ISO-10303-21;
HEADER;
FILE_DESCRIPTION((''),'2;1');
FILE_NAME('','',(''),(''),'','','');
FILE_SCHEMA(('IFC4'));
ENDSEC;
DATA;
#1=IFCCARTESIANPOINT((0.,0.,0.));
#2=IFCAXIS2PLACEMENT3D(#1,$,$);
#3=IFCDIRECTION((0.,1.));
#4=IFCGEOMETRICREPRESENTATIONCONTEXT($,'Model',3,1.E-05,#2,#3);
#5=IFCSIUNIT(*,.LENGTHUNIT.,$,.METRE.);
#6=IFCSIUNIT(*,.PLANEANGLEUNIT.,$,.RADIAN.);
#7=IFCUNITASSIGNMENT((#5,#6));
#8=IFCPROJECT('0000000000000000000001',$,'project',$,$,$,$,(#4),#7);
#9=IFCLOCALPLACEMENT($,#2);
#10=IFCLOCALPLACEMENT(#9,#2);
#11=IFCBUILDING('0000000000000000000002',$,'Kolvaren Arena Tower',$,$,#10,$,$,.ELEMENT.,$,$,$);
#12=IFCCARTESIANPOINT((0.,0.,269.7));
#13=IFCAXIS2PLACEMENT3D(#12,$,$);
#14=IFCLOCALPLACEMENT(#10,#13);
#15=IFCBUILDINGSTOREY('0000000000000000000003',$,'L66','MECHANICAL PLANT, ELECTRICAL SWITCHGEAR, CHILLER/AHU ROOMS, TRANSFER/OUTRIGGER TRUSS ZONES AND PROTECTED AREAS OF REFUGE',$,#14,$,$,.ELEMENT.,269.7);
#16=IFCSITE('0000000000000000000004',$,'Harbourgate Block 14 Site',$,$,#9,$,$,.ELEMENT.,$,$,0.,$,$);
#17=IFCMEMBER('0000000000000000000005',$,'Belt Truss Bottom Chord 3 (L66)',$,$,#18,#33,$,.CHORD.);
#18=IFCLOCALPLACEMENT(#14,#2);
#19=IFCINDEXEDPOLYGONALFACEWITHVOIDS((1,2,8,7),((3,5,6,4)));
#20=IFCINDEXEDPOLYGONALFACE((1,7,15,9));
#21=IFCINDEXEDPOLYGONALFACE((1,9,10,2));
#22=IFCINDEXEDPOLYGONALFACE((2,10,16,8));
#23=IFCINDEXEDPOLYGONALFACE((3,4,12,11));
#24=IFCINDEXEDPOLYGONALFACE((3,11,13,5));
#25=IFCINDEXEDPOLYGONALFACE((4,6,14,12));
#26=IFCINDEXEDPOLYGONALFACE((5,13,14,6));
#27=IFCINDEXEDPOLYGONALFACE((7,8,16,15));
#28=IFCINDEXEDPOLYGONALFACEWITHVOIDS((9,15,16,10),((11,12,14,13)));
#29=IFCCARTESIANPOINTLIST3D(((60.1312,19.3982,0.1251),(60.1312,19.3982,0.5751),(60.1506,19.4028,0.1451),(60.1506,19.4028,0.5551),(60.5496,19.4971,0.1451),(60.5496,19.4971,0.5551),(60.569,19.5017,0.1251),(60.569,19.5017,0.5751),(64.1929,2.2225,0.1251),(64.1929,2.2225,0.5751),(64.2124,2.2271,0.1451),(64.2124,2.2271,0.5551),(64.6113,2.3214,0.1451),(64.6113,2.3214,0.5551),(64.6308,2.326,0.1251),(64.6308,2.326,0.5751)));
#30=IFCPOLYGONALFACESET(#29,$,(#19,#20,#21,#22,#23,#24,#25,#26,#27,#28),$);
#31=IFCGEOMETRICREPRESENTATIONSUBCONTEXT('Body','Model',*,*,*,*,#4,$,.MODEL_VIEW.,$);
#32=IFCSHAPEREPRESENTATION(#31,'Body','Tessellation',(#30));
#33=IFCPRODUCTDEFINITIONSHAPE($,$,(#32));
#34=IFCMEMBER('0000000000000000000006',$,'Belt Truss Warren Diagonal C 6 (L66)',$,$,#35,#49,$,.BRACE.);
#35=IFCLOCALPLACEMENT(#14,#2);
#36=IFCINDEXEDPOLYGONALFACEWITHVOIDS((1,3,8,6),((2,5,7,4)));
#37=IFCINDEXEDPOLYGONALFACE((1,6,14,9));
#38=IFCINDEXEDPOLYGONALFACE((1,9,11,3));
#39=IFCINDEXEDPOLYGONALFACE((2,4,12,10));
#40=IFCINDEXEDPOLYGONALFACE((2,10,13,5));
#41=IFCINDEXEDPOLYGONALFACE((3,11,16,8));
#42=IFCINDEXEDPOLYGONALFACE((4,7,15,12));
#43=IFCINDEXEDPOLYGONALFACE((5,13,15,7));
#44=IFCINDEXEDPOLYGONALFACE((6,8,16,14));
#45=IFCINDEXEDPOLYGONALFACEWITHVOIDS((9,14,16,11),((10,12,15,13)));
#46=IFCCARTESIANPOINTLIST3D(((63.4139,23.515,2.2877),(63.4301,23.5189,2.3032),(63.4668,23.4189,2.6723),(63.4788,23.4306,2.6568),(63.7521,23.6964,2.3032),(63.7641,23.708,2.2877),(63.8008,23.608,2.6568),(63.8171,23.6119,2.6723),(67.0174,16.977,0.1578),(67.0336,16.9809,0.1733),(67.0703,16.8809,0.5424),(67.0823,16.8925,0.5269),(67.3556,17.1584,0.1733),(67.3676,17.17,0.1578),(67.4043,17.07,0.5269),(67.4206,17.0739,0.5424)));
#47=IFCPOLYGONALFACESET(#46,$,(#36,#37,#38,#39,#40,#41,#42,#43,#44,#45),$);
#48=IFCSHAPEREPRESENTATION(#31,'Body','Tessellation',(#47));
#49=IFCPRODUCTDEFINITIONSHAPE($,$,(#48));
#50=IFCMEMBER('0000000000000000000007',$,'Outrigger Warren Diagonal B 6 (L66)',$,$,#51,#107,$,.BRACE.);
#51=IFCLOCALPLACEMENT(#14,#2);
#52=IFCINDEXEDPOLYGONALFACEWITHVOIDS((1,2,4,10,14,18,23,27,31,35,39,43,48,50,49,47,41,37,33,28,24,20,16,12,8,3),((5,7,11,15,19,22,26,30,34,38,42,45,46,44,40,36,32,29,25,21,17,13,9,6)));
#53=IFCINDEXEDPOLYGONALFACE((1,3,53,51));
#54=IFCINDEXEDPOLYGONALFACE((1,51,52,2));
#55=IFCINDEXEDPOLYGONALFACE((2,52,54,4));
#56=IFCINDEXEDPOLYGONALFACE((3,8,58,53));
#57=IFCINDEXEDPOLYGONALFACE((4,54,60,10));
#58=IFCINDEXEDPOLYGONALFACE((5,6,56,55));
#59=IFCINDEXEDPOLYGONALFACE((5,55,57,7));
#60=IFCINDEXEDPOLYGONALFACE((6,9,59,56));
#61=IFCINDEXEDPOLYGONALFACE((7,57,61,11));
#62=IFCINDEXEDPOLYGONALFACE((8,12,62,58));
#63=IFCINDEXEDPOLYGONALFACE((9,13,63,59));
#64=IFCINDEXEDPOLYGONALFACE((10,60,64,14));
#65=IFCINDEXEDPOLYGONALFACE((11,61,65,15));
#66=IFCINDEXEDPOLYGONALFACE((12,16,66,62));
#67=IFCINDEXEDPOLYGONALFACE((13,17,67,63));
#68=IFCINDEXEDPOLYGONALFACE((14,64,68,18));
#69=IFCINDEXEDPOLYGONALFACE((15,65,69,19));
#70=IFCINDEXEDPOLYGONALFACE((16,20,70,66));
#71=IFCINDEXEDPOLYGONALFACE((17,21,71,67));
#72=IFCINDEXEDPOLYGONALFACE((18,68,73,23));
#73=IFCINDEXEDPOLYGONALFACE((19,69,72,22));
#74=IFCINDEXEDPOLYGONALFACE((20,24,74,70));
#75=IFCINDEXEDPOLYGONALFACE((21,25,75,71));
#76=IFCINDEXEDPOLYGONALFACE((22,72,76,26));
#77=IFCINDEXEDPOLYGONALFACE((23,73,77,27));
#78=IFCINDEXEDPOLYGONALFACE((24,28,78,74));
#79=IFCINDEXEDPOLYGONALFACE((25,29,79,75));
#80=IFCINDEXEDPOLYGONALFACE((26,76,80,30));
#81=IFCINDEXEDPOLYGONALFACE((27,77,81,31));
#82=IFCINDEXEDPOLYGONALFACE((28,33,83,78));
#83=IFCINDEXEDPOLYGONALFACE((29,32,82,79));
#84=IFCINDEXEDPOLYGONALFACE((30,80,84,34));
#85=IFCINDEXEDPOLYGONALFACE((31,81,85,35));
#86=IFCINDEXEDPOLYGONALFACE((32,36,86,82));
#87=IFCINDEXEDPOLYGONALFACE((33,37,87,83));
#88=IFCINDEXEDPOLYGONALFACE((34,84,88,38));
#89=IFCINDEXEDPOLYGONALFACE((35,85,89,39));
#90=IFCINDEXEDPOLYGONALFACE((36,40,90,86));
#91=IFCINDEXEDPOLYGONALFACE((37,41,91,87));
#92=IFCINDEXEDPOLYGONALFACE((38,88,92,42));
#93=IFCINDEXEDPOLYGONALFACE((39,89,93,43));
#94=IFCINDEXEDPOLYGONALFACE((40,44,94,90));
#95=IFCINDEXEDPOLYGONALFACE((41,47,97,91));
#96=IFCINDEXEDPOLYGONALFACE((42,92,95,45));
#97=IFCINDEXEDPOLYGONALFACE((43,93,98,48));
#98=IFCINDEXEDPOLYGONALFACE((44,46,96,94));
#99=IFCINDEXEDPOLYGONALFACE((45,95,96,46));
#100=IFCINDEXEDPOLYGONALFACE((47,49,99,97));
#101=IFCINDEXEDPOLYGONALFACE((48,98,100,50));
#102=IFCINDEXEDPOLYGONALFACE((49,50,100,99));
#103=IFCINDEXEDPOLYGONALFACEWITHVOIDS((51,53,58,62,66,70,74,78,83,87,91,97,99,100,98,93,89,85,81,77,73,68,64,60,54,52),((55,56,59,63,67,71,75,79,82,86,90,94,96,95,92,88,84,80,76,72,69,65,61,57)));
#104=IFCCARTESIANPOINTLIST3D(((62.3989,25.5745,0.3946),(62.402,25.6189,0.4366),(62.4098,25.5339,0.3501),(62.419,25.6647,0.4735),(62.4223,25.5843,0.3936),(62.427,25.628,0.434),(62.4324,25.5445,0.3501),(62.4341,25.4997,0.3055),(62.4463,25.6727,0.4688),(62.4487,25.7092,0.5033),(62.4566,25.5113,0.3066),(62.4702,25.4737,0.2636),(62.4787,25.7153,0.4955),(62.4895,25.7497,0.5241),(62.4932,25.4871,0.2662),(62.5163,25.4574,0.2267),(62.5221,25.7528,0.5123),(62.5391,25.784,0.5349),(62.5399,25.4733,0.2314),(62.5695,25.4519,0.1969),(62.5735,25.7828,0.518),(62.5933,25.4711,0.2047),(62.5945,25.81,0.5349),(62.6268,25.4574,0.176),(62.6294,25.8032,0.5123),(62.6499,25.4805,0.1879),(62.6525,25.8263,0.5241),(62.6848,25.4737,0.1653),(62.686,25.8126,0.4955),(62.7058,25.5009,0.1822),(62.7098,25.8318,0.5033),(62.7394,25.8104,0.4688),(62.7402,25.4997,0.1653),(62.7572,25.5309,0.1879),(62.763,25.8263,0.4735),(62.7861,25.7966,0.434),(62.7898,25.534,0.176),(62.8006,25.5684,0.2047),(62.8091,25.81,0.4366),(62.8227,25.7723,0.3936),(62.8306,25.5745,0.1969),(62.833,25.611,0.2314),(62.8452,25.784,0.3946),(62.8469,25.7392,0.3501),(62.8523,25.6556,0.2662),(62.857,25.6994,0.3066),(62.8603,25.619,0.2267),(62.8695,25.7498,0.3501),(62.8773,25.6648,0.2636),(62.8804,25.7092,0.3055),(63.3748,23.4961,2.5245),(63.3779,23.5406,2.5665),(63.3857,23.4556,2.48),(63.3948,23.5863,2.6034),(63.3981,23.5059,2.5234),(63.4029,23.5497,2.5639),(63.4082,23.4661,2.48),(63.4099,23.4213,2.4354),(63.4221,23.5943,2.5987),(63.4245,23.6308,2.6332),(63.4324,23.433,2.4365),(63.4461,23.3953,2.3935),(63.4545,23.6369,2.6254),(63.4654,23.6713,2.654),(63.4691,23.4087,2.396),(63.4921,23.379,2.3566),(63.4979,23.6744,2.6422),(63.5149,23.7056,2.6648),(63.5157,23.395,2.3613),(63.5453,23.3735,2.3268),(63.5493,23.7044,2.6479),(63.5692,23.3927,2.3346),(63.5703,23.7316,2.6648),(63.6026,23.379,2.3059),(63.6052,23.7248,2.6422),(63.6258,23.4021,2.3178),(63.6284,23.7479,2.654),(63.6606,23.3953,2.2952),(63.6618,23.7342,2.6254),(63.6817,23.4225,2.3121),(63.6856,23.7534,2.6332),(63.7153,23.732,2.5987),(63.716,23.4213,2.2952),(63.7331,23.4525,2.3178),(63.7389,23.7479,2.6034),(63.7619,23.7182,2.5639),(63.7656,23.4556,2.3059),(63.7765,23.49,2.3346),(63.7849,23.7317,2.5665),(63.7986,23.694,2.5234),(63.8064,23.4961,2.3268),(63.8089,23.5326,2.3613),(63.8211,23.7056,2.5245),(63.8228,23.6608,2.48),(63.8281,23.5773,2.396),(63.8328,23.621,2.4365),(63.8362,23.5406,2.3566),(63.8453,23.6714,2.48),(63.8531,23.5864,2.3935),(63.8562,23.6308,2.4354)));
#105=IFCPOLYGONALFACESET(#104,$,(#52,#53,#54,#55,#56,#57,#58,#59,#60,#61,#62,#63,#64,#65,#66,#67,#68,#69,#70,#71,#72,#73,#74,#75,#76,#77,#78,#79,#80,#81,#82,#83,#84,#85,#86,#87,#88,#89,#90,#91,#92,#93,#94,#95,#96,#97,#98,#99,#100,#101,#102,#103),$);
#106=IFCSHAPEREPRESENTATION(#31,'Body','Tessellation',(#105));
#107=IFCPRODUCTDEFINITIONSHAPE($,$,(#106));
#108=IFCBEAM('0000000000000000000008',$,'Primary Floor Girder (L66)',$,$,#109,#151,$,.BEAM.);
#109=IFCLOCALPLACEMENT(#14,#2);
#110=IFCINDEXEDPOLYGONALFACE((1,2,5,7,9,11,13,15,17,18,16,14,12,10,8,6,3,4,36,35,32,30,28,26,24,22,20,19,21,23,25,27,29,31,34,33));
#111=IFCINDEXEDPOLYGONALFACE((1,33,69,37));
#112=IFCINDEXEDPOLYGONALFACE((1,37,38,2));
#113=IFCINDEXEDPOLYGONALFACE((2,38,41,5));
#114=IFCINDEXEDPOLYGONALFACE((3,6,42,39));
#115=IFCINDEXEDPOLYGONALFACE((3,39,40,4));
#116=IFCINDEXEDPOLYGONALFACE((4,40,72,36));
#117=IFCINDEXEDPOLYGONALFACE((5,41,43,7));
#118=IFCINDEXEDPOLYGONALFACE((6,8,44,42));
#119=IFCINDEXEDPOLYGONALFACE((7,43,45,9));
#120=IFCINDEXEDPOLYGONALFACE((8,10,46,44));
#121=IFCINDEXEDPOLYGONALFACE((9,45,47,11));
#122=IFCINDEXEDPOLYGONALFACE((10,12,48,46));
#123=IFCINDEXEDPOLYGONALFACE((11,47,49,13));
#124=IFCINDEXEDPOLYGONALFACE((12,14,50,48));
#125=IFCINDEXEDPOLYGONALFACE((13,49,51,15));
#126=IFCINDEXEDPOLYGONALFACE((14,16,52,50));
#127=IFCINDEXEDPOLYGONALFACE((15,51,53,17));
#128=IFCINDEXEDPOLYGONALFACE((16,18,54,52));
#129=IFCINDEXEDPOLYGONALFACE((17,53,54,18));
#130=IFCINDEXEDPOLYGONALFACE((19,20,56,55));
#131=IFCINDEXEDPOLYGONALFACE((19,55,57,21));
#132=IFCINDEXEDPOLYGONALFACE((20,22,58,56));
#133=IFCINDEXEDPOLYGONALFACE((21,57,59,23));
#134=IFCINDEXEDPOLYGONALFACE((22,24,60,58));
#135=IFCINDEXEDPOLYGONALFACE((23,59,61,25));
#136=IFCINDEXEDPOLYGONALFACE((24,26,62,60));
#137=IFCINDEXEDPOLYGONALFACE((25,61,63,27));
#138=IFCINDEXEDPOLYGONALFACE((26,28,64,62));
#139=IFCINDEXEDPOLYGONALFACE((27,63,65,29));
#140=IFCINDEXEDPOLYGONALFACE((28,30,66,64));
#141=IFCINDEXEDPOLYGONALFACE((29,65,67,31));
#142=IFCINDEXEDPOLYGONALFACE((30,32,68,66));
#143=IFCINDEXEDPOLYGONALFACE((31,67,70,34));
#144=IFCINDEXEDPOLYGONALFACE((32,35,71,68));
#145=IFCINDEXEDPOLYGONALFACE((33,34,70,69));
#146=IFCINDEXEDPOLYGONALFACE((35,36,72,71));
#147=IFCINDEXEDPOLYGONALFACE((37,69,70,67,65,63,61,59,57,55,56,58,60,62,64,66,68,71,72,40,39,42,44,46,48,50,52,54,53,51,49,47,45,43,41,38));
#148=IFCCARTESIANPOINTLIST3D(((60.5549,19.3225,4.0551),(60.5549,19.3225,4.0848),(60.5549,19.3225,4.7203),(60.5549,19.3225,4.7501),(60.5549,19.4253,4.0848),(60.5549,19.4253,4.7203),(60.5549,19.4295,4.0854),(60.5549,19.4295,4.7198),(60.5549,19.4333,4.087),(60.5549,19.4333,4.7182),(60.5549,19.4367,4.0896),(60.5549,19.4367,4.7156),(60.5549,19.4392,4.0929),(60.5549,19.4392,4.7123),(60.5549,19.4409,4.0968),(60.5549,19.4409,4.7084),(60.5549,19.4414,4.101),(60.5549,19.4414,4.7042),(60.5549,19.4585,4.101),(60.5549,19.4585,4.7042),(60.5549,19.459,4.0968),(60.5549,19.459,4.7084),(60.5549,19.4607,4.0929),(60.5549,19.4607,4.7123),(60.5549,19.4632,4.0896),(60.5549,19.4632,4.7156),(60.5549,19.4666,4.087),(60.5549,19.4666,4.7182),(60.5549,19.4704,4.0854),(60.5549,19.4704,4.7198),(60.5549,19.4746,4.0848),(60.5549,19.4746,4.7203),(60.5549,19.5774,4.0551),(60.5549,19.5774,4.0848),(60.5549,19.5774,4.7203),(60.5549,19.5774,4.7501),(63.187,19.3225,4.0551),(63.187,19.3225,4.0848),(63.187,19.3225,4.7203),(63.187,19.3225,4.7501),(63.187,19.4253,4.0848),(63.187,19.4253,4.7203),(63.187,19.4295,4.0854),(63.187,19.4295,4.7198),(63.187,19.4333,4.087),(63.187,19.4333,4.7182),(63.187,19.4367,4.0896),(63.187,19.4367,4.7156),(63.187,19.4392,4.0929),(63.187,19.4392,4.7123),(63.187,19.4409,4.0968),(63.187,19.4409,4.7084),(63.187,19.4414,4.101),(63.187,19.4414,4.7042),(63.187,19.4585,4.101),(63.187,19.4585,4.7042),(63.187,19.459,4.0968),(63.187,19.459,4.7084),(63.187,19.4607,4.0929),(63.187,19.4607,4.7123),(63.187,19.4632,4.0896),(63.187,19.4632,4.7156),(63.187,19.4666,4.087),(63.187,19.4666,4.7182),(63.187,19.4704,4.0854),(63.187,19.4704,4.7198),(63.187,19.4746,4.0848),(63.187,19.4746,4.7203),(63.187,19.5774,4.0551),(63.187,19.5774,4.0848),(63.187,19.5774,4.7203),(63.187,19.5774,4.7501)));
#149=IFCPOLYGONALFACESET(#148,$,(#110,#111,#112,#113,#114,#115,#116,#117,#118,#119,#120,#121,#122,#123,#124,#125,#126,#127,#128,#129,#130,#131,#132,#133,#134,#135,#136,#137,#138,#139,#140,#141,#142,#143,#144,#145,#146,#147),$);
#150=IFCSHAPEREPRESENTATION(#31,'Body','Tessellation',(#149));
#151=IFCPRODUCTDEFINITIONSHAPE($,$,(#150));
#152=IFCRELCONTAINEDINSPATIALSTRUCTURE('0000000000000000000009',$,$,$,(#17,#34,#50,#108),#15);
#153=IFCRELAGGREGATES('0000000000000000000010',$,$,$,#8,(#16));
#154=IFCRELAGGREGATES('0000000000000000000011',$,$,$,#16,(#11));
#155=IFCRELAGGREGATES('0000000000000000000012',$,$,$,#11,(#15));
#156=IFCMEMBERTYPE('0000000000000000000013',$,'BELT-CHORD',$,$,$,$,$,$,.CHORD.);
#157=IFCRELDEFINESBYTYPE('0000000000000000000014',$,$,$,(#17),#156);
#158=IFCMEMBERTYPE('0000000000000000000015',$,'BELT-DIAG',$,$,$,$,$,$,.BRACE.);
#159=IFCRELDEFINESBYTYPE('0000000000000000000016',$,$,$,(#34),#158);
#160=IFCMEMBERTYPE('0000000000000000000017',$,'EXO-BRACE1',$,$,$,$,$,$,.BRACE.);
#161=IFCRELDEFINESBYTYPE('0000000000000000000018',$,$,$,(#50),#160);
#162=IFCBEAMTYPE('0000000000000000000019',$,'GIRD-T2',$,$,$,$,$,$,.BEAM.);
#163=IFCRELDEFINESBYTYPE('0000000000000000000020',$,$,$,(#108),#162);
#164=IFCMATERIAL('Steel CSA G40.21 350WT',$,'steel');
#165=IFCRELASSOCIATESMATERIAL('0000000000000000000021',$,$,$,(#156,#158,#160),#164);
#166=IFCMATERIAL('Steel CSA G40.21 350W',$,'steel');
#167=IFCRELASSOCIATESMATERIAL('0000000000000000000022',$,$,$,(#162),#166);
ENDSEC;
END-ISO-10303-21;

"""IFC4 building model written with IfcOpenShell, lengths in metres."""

from ifc_helpers import new_model, si_unit, direction, frame, origin, origin_2d, place, context, subcontext, project, spatial, hollow_rectangle, hollow_circle, i_section, extrude, material, material_profile, profile_set, type_object, element, save


model = new_model("IFC4")

# Units and contexts
model_context = context("Model", 3, precision=1e-05, world=origin(), true_north=direction((0.0, 1.0)))
body_context = subcontext(model_context, "Body", "Model", "MODEL_VIEW")
ifc_project = project(units=[si_unit("LENGTHUNIT", "METRE"), si_unit("PLANEANGLEUNIT", "RADIAN")], contexts=[model_context])

# Site, building, storey
site_placement = place(None, origin())
site = spatial("IfcSite", under=ifc_project, at=site_placement, Name="Harbourgate Block 14 Site", CompositionType="ELEMENT", RefElevation=0.0)
building_placement = place(site_placement, origin())
building = spatial("IfcBuilding", under=site, at=building_placement, Name="Kolvaren Arena Tower", CompositionType="ELEMENT")
storey_placement = place(building_placement, frame((0.0, 0.0, 269.7)))
storey = spatial("IfcBuildingStorey", under=building, at=storey_placement, Name="L66", Description="MECHANICAL PLANT, ELECTRICAL SWITCHGEAR, CHILLER/AHU ROOMS, TRANSFER/OUTRIGGER TRUSS ZONES AND PROTECTED AREAS OF REFUGE", CompositionType="ELEMENT", Elevation=269.7)

# Shared definitions
ifc_material_1 = material(Name="Steel CSA G40.21 350W", Category="steel")

# Members
ifc_material_2 = material(Name="Steel CSA G40.21 350WT", Category="steel")
ifc_material_profile_1 = material_profile(ifc_material_2, hollow_rectangle(XDim=0.45, YDim=0.45, WallThickness=0.02, at=origin_2d()), Name="HSS 450x450x20")
ifc_profile_set_1 = profile_set([ifc_material_profile_1], Name="Steel CSA G40.21 350WT")
member_type_1 = type_object("IfcMemberType", Name="BELT-CHORD", PredefinedType="CHORD", material=ifc_profile_set_1)
member_1_placement = place(storey_placement, frame((60.3501, 19.45, 0.3501), z_axis=(0.230135, -0.973159, 0.0), x_axis=(0.973159, 0.230135, 0.0)))
element("IfcMember", 1, at=member_1_placement, inside=storey, type_object=member_type_1, Name="Belt Truss Bottom Chord 3 (L66)", PredefinedType="CHORD", context=body_context, shape_type="SweptSolid", body=[
    extrude(hollow_rectangle(XDim=0.45, YDim=0.45, WallThickness=0.02, at=origin_2d()), origin(), (0.0, 0.0, 1.0), 17.6494),
])
ifc_material_profile_2 = material_profile(ifc_material_2, hollow_rectangle(XDim=0.3999, YDim=0.3999, WallThickness=0.0161, at=origin_2d()), Name="HSS 400x400x16")
ifc_profile_set_2 = profile_set([ifc_material_profile_2], Name="Steel CSA G40.21 350WT")
member_type_2 = type_object("IfcMemberType", Name="BELT-DIAG", PredefinedType="BRACE", material=ifc_profile_set_2)
member_2_placement = place(storey_placement, frame((63.6155, 23.5635, 2.48), z_axis=(0.464175, -0.842182, -0.274354), x_axis=(0.875787, 0.482697, 0.0)))
element("IfcMember", 2, at=member_2_placement, inside=storey, type_object=member_type_2, Name="Belt Truss Warren Diagonal C 6 (L66)", PredefinedType="BRACE", context=body_context, shape_type="SweptSolid", body=[
    extrude(hollow_rectangle(XDim=0.3999, YDim=0.3999, WallThickness=0.0161, at=origin_2d()), origin(), (0.0, 0.0, 1.0), 7.7632),
])
ifc_material_profile_3 = material_profile(ifc_material_2, hollow_circle(Radius=0.2539, WallThickness=0.0249, at=origin_2d()), Name="CHS 508x25")
ifc_profile_set_3 = profile_set([ifc_material_profile_3], Name="Steel CSA G40.21 350WT")
member_type_3 = type_object("IfcMemberType", Name="EXO-BRACE1", PredefinedType="BRACE", material=ifc_profile_set_3)
member_3_placement = place(storey_placement, frame((62.6396, 25.6418, 0.3501), z_axis=(0.311586, -0.663631, 0.680079), x_axis=(0.905192, 0.425003, 0.0)))
element("IfcMember", 3, at=member_3_placement, inside=storey, type_object=member_type_3, Name="Outrigger Warren Diagonal B 6 (L66)", PredefinedType="BRACE", context=body_context, shape_type="SweptSolid", body=[
    extrude(hollow_circle(Radius=0.2539, WallThickness=0.0249, at=origin_2d()), origin(), (0.0, 0.0, 1.0), 3.1318),
])

# Beam
ifc_material_profile_4 = material_profile(ifc_material_1, i_section(OverallWidth=0.2549, OverallDepth=0.6951, WebThickness=0.0171, FlangeThickness=0.0298, FilletRadius=0.0161, at=origin_2d()), Name="W690x217")
ifc_profile_set_4 = profile_set([ifc_material_profile_4], Name="Steel CSA G40.21 350W")
beam_type_1 = type_object("IfcBeamType", Name="GIRD-T2", PredefinedType="BEAM", material=ifc_profile_set_4)
beam_1_placement = place(storey_placement, frame((60.5549, 19.45, 4.4026), z_axis=(1.0, 0.0, 0.0), x_axis=(0.0, 1.0, 0.0)))
element("IfcBeam", 4, at=beam_1_placement, inside=storey, type_object=beam_type_1, Name="Primary Floor Girder (L66)", PredefinedType="BEAM", context=body_context, shape_type="SweptSolid", body=[
    extrude(i_section(OverallWidth=0.2549, OverallDepth=0.6951, WebThickness=0.0171, FlangeThickness=0.0298, FilletRadius=0.0161, at=origin_2d()), origin(), (0.0, 0.0, 1.0), 2.6321),
])

save(model, "model.ifc")
